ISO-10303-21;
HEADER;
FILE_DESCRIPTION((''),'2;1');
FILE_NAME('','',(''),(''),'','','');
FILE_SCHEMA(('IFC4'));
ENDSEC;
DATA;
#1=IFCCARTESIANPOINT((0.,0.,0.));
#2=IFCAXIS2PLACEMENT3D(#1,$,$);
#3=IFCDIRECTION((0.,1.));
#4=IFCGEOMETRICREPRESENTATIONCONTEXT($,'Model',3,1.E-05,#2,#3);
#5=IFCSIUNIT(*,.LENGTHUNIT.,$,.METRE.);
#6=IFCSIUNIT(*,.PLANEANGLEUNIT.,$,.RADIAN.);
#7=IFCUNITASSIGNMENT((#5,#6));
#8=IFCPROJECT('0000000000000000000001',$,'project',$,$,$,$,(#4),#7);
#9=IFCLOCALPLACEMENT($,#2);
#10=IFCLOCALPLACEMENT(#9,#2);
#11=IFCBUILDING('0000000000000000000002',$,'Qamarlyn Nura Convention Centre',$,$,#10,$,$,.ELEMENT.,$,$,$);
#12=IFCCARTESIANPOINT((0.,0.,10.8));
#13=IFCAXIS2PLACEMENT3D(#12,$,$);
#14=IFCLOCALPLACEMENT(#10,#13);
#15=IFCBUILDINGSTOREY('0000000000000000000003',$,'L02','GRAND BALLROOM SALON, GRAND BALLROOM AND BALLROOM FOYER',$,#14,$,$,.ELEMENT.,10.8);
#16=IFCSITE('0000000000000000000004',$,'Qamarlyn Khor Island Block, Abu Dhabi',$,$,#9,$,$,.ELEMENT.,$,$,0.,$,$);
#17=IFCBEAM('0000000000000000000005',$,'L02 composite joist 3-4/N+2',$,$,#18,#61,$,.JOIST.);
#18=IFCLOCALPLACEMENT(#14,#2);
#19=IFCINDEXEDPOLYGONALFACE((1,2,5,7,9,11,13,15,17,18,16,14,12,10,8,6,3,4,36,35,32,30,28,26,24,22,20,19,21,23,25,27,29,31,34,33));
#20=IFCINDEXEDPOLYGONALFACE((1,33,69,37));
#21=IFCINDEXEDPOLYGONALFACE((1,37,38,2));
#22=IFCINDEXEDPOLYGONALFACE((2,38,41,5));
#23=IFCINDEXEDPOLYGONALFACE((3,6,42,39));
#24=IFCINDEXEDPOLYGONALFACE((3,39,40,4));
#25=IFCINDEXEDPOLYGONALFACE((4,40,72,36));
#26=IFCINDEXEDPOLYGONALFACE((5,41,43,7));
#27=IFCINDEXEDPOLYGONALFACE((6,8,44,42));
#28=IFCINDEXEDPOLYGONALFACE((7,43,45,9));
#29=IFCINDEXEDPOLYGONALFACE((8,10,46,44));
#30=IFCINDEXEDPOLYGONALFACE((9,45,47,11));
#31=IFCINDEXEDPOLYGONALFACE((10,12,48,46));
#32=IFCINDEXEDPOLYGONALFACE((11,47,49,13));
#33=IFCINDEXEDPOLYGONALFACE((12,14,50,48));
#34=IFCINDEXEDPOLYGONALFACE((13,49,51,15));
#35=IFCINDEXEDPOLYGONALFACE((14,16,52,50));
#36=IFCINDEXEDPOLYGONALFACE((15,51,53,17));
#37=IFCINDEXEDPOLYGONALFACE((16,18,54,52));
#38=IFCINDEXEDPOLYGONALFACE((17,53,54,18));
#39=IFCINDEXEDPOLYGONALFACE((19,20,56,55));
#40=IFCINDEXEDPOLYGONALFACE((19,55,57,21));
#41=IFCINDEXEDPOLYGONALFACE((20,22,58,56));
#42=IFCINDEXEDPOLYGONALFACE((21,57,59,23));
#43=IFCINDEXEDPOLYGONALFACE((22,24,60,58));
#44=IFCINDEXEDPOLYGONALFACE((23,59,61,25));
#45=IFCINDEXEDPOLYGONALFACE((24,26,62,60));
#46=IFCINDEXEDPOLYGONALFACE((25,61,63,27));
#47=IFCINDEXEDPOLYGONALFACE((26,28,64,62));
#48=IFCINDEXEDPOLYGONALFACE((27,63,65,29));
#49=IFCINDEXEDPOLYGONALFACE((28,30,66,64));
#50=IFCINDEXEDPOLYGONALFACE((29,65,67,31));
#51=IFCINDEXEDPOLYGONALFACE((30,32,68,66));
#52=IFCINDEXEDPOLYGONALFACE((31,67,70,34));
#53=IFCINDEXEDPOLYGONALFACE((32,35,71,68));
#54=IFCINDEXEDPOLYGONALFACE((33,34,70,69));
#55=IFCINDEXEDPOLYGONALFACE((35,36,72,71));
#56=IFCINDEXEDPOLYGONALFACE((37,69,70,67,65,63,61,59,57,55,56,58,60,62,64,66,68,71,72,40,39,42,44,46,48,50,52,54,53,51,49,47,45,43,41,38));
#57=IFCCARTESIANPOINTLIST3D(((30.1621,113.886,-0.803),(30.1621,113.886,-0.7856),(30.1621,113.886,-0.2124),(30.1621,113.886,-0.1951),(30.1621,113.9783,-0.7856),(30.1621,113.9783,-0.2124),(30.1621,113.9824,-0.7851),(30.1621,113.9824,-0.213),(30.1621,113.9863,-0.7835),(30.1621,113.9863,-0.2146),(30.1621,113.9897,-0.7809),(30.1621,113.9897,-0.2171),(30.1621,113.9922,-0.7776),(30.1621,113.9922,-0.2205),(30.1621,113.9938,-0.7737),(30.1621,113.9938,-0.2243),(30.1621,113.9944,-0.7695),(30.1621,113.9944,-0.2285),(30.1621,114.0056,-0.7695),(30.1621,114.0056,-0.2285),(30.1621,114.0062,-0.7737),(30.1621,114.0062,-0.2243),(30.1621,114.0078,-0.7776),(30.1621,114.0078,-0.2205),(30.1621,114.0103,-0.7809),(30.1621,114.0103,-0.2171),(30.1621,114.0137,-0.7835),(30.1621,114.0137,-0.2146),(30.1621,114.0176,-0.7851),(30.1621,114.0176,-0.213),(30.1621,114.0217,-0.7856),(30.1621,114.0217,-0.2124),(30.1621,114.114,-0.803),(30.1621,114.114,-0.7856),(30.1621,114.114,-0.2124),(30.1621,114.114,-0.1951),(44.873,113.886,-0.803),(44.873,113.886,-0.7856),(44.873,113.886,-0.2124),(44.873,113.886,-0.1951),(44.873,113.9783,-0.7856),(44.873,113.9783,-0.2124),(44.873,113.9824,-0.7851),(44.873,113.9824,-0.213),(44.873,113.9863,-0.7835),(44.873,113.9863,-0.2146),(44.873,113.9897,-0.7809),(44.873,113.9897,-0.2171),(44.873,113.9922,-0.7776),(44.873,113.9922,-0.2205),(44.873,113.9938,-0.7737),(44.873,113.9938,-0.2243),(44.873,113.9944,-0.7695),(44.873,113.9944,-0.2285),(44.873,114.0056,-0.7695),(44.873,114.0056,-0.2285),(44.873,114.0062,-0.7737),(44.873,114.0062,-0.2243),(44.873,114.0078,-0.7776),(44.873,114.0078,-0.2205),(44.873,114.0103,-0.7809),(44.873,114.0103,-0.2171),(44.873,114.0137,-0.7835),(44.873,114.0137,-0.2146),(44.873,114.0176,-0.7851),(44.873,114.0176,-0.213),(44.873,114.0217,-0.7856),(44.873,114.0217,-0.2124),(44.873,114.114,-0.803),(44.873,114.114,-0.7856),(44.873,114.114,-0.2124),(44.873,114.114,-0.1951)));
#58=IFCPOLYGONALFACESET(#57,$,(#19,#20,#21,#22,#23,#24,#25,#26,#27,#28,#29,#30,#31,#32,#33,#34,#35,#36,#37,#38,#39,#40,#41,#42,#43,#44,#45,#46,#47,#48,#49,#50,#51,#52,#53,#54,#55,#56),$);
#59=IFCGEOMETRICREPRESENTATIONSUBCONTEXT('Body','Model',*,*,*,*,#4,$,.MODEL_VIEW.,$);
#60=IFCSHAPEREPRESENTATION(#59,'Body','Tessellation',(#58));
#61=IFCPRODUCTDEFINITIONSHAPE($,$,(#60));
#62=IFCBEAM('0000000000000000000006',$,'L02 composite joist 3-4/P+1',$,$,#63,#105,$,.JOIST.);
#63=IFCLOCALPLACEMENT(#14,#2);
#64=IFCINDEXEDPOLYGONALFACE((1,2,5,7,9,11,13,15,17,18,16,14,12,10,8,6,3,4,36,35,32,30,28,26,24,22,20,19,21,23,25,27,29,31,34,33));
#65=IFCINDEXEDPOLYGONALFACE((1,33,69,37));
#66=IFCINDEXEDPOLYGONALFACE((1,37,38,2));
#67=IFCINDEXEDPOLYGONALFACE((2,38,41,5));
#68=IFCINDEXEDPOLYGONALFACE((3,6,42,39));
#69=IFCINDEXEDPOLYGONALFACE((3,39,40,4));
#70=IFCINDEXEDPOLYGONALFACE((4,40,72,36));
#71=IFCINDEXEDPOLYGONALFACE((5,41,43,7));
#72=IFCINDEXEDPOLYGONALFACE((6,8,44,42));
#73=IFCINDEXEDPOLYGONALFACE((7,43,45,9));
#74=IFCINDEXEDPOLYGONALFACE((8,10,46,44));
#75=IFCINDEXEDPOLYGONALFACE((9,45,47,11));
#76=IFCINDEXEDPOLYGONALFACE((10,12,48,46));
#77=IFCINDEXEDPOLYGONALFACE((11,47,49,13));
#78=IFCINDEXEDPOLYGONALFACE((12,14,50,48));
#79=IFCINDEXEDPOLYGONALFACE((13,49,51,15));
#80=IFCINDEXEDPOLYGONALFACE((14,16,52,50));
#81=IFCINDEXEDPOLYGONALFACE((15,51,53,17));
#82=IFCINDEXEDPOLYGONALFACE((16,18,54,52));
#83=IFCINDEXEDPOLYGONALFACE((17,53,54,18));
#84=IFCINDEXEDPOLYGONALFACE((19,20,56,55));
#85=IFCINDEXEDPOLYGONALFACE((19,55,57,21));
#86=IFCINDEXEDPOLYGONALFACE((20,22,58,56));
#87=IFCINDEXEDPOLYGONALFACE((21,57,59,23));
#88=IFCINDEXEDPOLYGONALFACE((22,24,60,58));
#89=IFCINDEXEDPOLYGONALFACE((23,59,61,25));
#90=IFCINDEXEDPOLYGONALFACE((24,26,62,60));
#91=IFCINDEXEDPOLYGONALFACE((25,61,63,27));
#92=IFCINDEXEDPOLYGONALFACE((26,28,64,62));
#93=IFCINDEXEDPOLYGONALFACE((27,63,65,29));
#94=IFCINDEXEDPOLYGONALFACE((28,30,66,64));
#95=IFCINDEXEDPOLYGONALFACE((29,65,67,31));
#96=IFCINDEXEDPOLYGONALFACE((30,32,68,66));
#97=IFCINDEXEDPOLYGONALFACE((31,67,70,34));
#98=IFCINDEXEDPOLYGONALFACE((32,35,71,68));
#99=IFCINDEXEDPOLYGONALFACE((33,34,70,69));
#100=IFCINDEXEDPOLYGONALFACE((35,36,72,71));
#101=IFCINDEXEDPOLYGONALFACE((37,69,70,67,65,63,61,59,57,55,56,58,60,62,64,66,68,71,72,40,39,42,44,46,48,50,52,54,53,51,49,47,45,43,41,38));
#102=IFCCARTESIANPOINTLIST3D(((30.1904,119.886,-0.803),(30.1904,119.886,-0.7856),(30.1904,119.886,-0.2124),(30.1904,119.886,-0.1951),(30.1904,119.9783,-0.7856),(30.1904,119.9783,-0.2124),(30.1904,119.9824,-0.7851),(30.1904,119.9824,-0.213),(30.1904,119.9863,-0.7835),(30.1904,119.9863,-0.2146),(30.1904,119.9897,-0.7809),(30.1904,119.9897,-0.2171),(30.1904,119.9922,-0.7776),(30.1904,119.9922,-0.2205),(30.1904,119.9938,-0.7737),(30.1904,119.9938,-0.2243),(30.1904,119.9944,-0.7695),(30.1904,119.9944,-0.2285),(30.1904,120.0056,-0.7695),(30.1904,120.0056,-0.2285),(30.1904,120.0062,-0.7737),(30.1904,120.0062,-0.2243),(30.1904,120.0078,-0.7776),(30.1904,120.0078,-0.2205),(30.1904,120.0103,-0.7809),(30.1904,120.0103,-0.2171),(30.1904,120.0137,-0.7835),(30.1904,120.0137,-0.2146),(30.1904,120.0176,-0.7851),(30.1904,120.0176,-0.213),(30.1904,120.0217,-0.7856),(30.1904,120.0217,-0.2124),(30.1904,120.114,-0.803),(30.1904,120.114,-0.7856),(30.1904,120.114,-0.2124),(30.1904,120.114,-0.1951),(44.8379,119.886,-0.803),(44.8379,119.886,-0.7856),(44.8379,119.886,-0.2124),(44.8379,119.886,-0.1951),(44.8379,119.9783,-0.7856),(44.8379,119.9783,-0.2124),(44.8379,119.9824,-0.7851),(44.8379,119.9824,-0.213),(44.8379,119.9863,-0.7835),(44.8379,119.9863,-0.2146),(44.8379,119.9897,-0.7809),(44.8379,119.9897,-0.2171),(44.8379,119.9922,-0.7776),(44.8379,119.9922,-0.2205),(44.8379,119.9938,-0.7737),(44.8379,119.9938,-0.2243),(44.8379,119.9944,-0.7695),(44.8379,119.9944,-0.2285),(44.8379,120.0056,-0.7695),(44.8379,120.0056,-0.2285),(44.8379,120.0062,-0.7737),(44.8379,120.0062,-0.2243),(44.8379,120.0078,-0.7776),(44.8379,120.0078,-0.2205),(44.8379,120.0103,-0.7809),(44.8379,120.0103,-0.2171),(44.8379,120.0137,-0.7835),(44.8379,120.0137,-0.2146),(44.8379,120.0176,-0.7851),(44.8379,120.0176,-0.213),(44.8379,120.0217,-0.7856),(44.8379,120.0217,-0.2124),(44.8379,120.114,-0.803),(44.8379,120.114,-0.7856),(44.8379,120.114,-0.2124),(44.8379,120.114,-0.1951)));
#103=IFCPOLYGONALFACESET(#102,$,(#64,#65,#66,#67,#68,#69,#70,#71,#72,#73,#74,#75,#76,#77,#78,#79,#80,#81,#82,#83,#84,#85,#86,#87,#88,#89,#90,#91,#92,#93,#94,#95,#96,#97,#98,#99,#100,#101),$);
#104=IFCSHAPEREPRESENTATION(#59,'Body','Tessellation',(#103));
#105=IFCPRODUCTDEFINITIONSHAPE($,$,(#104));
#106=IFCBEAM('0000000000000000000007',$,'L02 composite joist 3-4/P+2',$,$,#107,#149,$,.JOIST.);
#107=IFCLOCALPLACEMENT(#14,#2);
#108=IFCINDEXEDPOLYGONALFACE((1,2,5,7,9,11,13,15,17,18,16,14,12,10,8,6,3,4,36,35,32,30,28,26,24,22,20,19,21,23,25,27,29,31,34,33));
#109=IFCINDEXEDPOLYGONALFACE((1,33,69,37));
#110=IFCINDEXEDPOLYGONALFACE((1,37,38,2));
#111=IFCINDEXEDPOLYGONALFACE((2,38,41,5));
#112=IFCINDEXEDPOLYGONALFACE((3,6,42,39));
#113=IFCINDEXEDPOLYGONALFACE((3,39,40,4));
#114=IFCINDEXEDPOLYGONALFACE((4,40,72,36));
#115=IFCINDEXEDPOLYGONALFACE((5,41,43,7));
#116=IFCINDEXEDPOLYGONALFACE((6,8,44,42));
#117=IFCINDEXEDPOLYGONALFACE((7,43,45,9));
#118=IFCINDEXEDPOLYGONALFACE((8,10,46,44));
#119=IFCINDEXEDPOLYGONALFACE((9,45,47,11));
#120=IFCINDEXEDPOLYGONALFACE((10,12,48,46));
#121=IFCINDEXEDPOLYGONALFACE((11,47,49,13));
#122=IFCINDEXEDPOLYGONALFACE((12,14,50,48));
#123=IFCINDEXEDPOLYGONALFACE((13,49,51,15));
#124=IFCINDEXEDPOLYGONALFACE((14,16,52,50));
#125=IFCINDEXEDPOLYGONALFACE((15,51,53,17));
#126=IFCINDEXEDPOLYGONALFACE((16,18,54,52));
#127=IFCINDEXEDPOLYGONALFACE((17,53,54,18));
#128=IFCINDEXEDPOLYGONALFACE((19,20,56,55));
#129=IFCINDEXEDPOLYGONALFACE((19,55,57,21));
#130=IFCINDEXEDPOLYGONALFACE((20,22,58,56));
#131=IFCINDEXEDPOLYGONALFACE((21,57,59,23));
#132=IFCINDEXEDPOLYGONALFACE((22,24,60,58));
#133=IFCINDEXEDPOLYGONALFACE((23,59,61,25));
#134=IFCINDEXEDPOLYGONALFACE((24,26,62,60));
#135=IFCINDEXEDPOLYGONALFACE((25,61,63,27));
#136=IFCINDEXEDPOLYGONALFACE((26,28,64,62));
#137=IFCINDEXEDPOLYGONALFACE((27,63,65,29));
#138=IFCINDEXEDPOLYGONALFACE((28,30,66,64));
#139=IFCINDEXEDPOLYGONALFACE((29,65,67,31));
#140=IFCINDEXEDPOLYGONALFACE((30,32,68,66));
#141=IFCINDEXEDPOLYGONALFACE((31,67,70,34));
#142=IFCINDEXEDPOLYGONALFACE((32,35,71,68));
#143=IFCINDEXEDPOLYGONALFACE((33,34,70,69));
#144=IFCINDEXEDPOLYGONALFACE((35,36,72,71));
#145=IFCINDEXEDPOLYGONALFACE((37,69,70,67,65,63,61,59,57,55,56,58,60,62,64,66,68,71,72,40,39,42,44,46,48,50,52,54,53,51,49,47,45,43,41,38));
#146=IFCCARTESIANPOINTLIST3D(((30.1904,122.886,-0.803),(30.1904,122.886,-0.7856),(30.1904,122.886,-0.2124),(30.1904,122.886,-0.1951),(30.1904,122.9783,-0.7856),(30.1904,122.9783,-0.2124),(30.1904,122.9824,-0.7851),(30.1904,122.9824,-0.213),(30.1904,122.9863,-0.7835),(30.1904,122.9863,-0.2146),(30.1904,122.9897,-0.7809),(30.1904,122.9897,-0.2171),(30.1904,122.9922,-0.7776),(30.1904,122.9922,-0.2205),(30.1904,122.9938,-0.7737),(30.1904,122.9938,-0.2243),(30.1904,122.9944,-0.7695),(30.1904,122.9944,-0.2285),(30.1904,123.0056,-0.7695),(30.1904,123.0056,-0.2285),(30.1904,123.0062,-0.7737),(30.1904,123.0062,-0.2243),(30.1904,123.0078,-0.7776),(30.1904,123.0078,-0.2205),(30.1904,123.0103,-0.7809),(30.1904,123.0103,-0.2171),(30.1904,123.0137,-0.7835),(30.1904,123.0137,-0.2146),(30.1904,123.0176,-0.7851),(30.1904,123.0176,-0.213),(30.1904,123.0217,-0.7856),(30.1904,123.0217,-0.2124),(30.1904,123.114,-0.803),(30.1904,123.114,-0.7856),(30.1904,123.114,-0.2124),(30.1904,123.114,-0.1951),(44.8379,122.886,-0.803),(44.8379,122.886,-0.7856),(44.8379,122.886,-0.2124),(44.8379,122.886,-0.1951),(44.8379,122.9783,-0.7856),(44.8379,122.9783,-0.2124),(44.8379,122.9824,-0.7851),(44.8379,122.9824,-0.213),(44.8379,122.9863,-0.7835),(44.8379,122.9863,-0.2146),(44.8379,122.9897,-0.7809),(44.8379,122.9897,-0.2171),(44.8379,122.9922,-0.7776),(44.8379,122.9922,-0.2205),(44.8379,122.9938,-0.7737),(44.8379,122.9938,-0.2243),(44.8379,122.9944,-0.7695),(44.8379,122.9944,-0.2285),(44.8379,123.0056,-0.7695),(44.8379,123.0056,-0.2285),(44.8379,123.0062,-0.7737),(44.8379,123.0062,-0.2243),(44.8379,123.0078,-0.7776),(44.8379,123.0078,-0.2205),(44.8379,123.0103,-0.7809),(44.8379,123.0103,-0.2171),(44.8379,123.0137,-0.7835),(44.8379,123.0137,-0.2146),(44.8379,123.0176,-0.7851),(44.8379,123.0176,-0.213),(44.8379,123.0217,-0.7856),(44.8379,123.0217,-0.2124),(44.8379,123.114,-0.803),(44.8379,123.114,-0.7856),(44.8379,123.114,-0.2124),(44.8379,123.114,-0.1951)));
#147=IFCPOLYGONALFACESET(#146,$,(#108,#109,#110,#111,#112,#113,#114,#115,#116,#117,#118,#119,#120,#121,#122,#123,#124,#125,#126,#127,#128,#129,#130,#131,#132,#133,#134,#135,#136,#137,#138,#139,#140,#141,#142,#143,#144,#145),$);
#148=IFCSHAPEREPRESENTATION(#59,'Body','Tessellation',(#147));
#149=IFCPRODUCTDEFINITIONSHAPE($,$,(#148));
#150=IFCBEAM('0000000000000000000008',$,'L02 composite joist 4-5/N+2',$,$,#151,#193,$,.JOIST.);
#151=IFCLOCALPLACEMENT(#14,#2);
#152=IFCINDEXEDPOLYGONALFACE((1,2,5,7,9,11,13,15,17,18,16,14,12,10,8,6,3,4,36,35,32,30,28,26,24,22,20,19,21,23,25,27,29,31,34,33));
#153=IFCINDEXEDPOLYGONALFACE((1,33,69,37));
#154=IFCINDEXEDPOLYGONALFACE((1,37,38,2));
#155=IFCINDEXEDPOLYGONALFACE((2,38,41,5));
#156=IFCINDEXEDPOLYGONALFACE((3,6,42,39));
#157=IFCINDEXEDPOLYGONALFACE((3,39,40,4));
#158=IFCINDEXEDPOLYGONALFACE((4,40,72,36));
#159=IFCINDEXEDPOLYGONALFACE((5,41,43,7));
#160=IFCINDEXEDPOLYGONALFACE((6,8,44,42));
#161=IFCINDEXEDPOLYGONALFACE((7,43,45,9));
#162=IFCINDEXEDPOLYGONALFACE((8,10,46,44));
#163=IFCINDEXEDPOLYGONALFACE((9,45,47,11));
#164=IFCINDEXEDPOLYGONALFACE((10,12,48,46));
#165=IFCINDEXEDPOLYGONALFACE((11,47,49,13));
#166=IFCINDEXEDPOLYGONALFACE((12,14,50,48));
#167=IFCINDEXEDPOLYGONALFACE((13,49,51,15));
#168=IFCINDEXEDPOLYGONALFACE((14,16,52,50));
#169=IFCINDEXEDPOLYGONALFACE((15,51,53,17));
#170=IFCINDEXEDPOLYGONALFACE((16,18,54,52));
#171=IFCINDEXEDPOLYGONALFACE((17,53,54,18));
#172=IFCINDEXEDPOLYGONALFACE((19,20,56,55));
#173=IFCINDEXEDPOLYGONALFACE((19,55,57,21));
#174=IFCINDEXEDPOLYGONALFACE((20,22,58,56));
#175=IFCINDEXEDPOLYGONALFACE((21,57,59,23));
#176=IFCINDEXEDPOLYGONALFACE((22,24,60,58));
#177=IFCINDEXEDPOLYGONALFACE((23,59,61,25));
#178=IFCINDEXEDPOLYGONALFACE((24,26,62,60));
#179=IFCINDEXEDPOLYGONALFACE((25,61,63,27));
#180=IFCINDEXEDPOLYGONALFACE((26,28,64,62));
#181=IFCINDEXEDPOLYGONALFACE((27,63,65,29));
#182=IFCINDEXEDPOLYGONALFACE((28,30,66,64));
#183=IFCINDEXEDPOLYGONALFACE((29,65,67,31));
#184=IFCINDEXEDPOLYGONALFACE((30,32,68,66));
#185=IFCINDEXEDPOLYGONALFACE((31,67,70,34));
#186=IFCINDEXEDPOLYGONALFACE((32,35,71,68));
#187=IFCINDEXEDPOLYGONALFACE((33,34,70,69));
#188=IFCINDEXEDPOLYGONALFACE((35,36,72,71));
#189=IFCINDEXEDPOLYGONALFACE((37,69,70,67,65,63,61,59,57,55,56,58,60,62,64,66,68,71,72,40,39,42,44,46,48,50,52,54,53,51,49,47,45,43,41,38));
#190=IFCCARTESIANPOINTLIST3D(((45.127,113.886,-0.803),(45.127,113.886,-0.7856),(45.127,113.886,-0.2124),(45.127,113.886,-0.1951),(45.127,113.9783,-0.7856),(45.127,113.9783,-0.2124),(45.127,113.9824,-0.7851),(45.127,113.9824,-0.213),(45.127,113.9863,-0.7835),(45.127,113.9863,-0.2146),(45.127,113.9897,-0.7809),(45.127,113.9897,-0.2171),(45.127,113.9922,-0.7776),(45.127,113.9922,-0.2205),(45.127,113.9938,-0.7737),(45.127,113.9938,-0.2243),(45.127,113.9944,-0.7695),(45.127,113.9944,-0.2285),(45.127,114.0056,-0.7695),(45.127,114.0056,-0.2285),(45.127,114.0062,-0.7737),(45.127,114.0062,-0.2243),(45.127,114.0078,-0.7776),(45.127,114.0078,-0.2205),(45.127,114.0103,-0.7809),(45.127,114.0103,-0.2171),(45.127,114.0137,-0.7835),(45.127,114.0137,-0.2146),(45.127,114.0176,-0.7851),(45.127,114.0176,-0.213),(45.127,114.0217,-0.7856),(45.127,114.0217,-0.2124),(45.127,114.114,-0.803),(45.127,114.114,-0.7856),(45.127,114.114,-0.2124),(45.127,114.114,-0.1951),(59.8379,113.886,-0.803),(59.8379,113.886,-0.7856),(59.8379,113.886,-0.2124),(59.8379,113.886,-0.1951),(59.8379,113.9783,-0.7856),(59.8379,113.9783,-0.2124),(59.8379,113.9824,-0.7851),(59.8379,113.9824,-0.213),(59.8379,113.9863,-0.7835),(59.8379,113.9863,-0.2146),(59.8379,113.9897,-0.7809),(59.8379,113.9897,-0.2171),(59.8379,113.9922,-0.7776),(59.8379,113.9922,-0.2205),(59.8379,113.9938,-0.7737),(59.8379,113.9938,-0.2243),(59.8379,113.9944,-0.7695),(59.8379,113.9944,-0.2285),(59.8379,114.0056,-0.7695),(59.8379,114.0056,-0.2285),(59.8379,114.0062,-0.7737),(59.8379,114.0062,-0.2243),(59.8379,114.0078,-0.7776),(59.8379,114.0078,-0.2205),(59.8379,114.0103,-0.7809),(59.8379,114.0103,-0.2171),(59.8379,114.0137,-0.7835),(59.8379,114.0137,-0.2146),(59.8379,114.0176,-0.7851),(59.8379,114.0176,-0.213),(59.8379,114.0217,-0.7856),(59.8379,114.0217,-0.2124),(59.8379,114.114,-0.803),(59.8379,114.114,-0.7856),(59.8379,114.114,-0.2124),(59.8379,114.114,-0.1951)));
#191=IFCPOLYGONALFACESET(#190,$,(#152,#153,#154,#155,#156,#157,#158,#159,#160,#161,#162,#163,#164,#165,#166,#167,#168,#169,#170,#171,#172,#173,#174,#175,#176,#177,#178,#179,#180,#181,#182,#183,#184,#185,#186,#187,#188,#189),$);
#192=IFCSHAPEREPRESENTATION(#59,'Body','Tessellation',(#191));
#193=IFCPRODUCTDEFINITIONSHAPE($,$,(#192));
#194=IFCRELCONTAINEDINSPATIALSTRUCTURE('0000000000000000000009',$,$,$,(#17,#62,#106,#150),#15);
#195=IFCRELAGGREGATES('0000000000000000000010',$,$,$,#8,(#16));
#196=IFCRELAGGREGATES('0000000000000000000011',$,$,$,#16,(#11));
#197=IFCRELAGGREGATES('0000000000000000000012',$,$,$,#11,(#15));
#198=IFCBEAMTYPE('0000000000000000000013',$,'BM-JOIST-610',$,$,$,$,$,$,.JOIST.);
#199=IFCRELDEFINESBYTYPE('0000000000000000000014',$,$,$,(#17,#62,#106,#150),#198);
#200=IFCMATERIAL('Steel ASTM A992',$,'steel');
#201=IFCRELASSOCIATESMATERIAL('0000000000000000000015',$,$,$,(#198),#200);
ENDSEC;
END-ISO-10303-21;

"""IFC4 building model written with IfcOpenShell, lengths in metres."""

from ifc_helpers import new_model, si_unit, direction, frame, origin, origin_2d, place, context, subcontext, project, spatial, i_section, extrude, material, material_profile, profile_set, type_object, element, save


model = new_model("IFC4")

# Units and contexts
model_context = context("Model", 3, precision=1e-05, world=origin(), true_north=direction((0.0, 1.0)))
body_context = subcontext(model_context, "Body", "Model", "MODEL_VIEW")
ifc_project = project(units=[si_unit("LENGTHUNIT", "METRE"), si_unit("PLANEANGLEUNIT", "RADIAN")], contexts=[model_context])

# Site, building, storey
site_placement = place(None, origin())
site = spatial("IfcSite", under=ifc_project, at=site_placement, Name="Qamarlyn Khor Island Block, Abu Dhabi", CompositionType="ELEMENT", RefElevation=0.0)
building_placement = place(site_placement, origin())
building = spatial("IfcBuilding", under=site, at=building_placement, Name="Qamarlyn Nura Convention Centre", CompositionType="ELEMENT")
storey_placement = place(building_placement, frame((0.0, 0.0, 10.8)))
storey = spatial("IfcBuildingStorey", under=building, at=storey_placement, Name="L02", Description="GRAND BALLROOM SALON, GRAND BALLROOM AND BALLROOM FOYER", CompositionType="ELEMENT", Elevation=10.8)

# Beams
ifc_material_1 = material(Name="Steel ASTM A992", Category="steel")
ifc_material_profile_1 = material_profile(ifc_material_1, i_section(OverallWidth=0.228, OverallDepth=0.6079, WebThickness=0.0112, FlangeThickness=0.0173, FilletRadius=0.0161, at=origin_2d()), Name="W610X113")
ifc_profile_set_1 = profile_set([ifc_material_profile_1], Name="Steel ASTM A992")
beam_type_1 = type_object("IfcBeamType", Name="BM-JOIST-610", PredefinedType="JOIST", material=ifc_profile_set_1)
beam_1_placement = place(storey_placement, frame((30.1621, 114.0, -0.499), z_axis=(1.0, 0.0, 0.0), x_axis=(0.0, 1.0, 0.0)))
element("IfcBeam", 1, at=beam_1_placement, inside=storey, type_object=beam_type_1, Name="L02 composite joist 3-4/N+2", PredefinedType="JOIST", context=body_context, shape_type="SweptSolid", body=[
    extrude(i_section(OverallWidth=0.228, OverallDepth=0.6079, WebThickness=0.0112, FlangeThickness=0.0173, FilletRadius=0.0161, at=origin_2d()), origin(), (0.0, 0.0, 1.0), 14.7109),
])
for number, where, z_axis, x_axis, name in (
    (2, (30.1904, 120.0, -0.499), (1.0, 0.0, 0.0), (0.0, 1.0, 0.0), "L02 composite joist 3-4/P+1"),
    (3, (30.1904, 123.0, -0.499), (1.0, 0.0, 0.0), (0.0, 1.0, 0.0), "L02 composite joist 3-4/P+2"),
):
    element("IfcBeam", number, at=place(storey_placement, frame(where, z_axis=z_axis, x_axis=x_axis)), inside=storey, type_object=beam_type_1, Name=name, PredefinedType="JOIST", context=body_context, shape_type="SweptSolid", body=[
        extrude(i_section(OverallWidth=0.228, OverallDepth=0.6079, WebThickness=0.0112, FlangeThickness=0.0173, FilletRadius=0.0161, at=origin_2d()), origin(), (0.0, 0.0, 1.0), 14.6475),
    ])
beam_2_placement = place(storey_placement, frame((45.127, 114.0, -0.499), z_axis=(1.0, 0.0, 0.0), x_axis=(0.0, 1.0, 0.0)))
element("IfcBeam", 4, at=beam_2_placement, inside=storey, type_object=beam_type_1, Name="L02 composite joist 4-5/N+2", PredefinedType="JOIST", context=body_context, shape_type="SweptSolid", body=[
    extrude(i_section(OverallWidth=0.228, OverallDepth=0.6079, WebThickness=0.0112, FlangeThickness=0.0173, FilletRadius=0.0161, at=origin_2d()), origin(), (0.0, 0.0, 1.0), 14.7109),
])

save(model, "model.ifc")
